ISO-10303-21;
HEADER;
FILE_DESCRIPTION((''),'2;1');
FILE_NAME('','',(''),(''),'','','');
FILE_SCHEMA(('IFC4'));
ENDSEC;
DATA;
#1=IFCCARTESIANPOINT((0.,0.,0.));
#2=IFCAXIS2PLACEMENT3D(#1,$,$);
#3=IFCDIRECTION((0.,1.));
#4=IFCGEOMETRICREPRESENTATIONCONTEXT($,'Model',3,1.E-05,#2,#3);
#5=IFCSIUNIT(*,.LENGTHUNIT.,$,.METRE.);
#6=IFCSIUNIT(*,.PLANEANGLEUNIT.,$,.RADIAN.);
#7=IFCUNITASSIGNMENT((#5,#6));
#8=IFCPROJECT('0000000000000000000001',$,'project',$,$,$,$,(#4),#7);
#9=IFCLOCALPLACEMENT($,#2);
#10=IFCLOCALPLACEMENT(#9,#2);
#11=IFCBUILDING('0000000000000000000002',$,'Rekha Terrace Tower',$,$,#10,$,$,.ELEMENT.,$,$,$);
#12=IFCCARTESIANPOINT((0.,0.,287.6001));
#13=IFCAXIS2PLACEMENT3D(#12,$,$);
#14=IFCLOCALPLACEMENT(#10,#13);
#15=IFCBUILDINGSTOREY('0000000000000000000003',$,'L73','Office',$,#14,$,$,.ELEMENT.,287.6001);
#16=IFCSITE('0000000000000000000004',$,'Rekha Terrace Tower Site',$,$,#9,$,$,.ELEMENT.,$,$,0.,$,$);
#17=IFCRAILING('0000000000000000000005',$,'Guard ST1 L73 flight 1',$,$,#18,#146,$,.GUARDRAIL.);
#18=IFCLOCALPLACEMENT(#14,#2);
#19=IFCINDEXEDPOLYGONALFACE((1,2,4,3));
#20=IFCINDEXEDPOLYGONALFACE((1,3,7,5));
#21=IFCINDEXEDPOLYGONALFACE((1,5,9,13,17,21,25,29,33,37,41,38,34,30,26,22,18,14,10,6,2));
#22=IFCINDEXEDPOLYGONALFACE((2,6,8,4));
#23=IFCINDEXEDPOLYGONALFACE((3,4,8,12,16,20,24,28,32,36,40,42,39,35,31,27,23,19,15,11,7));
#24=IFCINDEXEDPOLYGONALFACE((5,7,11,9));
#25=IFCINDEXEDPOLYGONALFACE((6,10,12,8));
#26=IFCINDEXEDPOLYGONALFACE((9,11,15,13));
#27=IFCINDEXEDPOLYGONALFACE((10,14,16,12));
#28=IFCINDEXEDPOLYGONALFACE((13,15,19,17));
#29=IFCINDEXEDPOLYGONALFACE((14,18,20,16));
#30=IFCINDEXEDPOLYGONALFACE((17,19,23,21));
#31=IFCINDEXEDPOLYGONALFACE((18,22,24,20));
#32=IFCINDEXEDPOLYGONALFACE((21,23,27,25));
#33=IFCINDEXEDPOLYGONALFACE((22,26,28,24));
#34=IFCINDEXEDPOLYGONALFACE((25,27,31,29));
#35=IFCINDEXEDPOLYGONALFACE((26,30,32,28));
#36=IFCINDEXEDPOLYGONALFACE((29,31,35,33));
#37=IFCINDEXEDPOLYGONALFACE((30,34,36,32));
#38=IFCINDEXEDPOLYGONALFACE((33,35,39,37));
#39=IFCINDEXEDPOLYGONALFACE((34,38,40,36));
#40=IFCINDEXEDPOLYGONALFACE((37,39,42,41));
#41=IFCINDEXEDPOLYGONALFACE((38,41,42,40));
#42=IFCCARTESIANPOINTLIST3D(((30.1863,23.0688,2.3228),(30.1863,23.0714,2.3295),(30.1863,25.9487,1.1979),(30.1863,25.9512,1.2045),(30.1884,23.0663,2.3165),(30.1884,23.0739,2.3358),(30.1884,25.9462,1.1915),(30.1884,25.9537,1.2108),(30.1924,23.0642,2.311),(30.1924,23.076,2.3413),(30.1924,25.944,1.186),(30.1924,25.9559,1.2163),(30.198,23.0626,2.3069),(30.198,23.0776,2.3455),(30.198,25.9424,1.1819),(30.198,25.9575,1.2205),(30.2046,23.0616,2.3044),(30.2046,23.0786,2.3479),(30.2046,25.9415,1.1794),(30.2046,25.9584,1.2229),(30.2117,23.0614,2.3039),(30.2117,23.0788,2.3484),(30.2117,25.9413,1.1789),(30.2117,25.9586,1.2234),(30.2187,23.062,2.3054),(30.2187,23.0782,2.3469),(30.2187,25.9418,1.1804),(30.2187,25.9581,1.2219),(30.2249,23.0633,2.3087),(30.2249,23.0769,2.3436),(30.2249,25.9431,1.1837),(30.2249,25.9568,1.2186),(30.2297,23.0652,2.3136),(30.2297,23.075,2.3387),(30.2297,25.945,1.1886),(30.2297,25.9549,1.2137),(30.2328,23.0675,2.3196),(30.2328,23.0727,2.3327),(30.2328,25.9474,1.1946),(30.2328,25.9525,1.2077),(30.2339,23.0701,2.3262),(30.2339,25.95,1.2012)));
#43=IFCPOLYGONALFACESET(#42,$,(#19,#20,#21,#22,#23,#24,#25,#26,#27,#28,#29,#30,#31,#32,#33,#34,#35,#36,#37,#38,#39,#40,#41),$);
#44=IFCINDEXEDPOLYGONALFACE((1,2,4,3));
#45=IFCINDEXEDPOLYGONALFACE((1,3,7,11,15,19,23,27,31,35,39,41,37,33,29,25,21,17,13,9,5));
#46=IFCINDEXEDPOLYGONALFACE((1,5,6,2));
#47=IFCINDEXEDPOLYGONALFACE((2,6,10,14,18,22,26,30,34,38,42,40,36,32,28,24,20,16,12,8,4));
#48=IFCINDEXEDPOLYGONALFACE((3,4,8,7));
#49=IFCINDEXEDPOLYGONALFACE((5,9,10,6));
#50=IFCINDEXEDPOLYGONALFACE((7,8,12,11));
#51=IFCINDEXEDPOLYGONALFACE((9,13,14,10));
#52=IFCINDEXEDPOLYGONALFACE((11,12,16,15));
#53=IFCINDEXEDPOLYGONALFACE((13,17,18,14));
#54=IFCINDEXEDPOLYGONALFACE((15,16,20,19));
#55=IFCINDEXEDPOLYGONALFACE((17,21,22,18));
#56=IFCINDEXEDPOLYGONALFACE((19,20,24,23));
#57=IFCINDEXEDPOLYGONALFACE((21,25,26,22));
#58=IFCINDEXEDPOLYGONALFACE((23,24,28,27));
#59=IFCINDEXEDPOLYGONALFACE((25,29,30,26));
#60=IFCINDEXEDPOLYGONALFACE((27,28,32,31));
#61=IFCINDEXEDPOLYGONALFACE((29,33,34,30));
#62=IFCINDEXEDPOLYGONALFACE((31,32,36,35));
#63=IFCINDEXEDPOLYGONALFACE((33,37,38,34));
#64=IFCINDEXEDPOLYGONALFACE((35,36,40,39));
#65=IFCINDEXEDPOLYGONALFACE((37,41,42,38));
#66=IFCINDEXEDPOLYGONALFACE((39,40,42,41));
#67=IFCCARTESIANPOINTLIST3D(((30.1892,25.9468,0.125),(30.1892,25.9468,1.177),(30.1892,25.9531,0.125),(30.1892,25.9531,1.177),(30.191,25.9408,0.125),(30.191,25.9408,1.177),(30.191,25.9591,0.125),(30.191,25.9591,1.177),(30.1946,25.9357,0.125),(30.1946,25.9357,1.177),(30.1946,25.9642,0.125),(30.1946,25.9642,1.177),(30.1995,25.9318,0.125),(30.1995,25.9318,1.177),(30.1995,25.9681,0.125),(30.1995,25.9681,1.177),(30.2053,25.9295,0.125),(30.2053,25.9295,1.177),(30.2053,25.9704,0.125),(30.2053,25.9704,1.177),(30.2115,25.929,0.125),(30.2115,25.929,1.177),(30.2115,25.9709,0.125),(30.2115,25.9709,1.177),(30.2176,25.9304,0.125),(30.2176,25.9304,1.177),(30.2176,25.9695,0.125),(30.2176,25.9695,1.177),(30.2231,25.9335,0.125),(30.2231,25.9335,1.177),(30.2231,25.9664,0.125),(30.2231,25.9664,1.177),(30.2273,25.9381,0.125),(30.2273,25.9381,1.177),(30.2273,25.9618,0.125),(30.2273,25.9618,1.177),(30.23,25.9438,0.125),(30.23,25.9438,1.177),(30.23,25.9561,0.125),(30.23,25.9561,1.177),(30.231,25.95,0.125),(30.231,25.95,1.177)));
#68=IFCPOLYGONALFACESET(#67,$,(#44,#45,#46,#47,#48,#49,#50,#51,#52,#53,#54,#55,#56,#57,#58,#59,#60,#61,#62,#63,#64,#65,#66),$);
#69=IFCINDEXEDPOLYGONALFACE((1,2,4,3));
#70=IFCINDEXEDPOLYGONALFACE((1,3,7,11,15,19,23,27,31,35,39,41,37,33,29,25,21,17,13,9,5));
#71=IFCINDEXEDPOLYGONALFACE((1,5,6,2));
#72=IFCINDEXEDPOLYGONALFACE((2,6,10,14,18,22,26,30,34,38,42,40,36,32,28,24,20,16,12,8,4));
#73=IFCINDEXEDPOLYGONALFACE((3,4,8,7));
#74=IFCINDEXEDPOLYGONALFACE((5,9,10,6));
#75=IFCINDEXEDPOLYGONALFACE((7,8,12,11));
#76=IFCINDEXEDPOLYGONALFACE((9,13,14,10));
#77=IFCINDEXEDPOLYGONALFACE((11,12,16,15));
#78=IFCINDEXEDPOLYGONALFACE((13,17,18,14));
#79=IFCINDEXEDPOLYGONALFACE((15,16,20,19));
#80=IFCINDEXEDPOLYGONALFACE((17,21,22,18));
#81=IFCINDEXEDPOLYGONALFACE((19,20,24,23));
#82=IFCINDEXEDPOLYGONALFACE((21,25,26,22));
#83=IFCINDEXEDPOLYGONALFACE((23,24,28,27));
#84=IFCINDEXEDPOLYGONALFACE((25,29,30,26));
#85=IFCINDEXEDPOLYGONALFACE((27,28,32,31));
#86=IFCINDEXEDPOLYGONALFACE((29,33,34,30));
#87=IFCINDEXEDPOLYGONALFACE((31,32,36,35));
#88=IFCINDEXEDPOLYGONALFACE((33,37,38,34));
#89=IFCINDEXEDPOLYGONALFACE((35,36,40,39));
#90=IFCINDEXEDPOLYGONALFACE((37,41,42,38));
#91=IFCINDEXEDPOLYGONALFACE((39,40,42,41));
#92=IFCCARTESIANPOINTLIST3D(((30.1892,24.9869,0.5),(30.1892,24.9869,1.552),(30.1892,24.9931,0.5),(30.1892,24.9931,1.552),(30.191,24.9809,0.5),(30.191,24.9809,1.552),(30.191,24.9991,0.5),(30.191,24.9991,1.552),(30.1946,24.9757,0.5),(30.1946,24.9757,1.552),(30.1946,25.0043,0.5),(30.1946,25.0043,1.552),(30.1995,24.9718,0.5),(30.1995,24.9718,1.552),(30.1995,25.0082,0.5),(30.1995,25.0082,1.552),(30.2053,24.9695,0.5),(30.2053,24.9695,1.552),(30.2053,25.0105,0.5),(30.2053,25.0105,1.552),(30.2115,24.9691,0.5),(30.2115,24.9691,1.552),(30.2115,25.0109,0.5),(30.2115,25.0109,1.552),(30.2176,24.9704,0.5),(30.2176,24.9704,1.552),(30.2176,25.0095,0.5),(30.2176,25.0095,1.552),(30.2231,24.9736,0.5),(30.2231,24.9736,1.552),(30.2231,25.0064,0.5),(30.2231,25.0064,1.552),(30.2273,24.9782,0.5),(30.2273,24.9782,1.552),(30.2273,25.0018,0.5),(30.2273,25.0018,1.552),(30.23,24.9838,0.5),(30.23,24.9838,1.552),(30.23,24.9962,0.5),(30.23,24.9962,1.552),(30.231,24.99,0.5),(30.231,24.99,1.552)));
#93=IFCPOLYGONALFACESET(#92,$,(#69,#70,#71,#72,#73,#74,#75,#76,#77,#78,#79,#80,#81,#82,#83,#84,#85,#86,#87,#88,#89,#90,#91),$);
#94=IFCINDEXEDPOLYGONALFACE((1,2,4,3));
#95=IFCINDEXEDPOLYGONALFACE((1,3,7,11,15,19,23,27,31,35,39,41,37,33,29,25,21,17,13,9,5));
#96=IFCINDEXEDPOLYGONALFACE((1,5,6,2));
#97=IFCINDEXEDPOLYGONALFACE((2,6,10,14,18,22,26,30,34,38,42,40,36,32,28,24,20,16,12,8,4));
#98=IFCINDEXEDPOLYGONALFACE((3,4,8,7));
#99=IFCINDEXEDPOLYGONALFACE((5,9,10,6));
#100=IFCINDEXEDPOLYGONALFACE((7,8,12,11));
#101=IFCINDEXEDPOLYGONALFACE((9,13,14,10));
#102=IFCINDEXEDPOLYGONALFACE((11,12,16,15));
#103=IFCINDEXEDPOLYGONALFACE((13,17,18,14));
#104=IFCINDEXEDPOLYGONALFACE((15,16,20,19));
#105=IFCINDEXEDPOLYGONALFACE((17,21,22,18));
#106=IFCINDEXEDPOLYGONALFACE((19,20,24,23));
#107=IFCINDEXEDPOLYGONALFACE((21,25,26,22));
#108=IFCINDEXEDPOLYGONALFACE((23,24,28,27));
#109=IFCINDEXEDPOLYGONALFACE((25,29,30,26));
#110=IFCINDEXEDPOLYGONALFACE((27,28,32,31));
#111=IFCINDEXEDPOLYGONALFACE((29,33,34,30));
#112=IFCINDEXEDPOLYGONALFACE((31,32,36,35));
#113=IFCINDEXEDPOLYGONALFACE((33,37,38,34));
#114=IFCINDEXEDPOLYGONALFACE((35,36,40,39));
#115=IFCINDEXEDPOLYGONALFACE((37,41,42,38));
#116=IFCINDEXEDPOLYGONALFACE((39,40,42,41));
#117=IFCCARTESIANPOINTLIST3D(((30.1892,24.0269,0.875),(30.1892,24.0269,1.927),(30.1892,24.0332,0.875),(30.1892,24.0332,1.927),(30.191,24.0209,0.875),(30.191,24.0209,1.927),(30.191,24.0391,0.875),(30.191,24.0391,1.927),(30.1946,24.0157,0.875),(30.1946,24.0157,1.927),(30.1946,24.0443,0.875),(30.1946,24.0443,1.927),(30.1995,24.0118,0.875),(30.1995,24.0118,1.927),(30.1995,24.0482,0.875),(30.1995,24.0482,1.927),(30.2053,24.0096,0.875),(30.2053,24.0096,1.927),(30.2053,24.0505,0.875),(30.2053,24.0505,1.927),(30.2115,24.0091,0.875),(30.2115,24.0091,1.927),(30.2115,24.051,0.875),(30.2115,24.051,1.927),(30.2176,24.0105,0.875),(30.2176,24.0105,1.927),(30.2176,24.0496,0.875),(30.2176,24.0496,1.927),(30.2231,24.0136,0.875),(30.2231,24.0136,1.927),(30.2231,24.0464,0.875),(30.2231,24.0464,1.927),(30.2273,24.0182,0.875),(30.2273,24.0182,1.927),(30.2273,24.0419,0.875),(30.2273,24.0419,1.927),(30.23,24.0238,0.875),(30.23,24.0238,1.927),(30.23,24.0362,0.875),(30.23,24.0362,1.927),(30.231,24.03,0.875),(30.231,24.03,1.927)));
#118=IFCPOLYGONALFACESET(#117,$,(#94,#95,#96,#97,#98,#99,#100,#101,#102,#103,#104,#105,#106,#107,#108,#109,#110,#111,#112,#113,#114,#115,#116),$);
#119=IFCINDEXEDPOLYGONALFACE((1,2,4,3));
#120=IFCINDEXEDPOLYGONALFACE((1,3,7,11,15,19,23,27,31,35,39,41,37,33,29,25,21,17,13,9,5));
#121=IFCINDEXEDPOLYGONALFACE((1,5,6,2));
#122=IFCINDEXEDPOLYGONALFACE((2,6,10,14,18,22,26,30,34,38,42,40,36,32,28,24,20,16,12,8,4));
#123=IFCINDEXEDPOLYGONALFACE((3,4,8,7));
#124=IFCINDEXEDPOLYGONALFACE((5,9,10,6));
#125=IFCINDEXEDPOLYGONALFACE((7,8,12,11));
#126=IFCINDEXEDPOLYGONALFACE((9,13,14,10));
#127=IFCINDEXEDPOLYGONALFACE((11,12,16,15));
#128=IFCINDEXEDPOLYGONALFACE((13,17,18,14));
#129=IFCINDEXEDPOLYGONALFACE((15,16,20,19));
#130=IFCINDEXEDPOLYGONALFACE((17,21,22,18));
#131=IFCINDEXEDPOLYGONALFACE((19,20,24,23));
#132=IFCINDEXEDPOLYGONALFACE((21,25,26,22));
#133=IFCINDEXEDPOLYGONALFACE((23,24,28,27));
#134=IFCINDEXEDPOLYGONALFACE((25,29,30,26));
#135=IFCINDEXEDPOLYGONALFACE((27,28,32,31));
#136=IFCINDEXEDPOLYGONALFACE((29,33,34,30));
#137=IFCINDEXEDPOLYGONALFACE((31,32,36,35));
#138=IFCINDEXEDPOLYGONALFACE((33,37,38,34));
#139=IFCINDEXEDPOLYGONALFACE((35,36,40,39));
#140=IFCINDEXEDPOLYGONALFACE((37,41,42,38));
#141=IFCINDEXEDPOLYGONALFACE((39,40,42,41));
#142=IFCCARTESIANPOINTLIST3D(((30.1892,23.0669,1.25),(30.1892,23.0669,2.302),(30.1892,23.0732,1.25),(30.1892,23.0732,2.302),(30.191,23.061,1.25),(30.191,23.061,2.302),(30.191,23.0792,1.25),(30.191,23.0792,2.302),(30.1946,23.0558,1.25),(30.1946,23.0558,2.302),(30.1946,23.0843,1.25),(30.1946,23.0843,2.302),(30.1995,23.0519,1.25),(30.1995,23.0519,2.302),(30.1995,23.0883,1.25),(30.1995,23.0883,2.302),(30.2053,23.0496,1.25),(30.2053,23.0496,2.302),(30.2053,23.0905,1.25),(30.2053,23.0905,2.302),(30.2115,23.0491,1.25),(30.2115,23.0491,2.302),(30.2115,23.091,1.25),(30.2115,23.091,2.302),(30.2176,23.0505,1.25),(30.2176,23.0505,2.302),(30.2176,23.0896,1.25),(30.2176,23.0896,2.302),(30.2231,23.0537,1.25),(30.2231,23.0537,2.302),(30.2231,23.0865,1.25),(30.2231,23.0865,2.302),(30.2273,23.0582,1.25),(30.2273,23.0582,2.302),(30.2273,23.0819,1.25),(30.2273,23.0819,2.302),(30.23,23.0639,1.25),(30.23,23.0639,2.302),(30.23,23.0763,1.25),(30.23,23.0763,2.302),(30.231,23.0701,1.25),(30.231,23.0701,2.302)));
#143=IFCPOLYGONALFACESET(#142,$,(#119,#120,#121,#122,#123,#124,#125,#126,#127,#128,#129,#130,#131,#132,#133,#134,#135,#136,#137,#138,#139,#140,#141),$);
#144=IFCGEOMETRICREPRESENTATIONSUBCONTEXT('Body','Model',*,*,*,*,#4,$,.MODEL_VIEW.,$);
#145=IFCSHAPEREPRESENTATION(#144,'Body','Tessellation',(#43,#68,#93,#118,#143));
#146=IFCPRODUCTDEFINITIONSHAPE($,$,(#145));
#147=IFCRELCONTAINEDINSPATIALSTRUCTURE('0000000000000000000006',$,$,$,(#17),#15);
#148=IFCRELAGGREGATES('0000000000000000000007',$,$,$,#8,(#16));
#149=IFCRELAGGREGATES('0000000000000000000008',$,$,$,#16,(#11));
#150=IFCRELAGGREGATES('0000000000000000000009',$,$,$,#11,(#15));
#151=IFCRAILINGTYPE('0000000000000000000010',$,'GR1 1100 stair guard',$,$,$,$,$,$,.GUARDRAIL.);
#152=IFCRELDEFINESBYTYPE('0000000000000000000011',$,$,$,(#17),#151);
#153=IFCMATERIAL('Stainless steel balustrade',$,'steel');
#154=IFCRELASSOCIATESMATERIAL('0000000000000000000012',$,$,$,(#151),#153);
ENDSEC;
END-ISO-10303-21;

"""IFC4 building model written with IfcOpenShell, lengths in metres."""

from ifc_helpers import new_model, si_unit, direction, frame, origin, origin_2d, place, context, subcontext, project, spatial, circle, extrude, material, type_object, element, save


model = new_model("IFC4")

# Units and contexts
model_context = context("Model", 3, precision=1e-05, world=origin(), true_north=direction((0.0, 1.0)))
body_context = subcontext(model_context, "Body", "Model", "MODEL_VIEW")
ifc_project = project(units=[si_unit("LENGTHUNIT", "METRE"), si_unit("PLANEANGLEUNIT", "RADIAN")], contexts=[model_context])

# Site, building, storey
site_placement = place(None, origin())
site = spatial("IfcSite", under=ifc_project, at=site_placement, Name="Rekha Terrace Tower Site", CompositionType="ELEMENT", RefElevation=0.0)
building_placement = place(site_placement, origin())
building = spatial("IfcBuilding", under=site, at=building_placement, Name="Rekha Terrace Tower", CompositionType="ELEMENT")
storey_placement = place(building_placement, frame((0.0, 0.0, 287.6001)))
storey = spatial("IfcBuildingStorey", under=building, at=storey_placement, Name="L73", Description="Office", CompositionType="ELEMENT", Elevation=287.6001)

# Railing
ifc_material_1 = material(Name="Stainless steel balustrade", Category="steel")
railing_type_1 = type_object("IfcRailingType", Name="GR1 1100 stair guard", PredefinedType="GUARDRAIL", material=ifc_material_1)
railing_1_placement = place(storey_placement, frame((30.21, 25.95, 0.125)))
element("IfcRailing", 1, at=railing_1_placement, inside=storey, type_object=railing_type_1, Name="Guard ST1 L73 flight 1", PredefinedType="GUARDRAIL", context=body_context, shape_type="SweptSolid", body=[
    extrude(circle(Radius=0.0239, at=origin_2d()), frame((0.0, 0.0, 1.0762), z_axis=(0.0, -0.931452, 0.363863), x_axis=(1.0, 0.0, 0.0)), (0.0, 0.0, 1.0), 3.0918),
    extrude(circle(Radius=0.021, at=origin_2d()), origin(), (0.0, 0.0, 1.0), 1.052),
    extrude(circle(Radius=0.021, at=origin_2d()), frame((0.0, -0.96, 0.375)), (0.0, 0.0, 1.0), 1.052),
    extrude(circle(Radius=0.021, at=origin_2d()), frame((0.0, -1.9199, 0.75)), (0.0, 0.0, 1.0), 1.052),
    extrude(circle(Radius=0.021, at=origin_2d()), frame((0.0, -2.8799, 1.125)), (0.0, 0.0, 1.0), 1.052),
])

save(model, "model.ifc")
